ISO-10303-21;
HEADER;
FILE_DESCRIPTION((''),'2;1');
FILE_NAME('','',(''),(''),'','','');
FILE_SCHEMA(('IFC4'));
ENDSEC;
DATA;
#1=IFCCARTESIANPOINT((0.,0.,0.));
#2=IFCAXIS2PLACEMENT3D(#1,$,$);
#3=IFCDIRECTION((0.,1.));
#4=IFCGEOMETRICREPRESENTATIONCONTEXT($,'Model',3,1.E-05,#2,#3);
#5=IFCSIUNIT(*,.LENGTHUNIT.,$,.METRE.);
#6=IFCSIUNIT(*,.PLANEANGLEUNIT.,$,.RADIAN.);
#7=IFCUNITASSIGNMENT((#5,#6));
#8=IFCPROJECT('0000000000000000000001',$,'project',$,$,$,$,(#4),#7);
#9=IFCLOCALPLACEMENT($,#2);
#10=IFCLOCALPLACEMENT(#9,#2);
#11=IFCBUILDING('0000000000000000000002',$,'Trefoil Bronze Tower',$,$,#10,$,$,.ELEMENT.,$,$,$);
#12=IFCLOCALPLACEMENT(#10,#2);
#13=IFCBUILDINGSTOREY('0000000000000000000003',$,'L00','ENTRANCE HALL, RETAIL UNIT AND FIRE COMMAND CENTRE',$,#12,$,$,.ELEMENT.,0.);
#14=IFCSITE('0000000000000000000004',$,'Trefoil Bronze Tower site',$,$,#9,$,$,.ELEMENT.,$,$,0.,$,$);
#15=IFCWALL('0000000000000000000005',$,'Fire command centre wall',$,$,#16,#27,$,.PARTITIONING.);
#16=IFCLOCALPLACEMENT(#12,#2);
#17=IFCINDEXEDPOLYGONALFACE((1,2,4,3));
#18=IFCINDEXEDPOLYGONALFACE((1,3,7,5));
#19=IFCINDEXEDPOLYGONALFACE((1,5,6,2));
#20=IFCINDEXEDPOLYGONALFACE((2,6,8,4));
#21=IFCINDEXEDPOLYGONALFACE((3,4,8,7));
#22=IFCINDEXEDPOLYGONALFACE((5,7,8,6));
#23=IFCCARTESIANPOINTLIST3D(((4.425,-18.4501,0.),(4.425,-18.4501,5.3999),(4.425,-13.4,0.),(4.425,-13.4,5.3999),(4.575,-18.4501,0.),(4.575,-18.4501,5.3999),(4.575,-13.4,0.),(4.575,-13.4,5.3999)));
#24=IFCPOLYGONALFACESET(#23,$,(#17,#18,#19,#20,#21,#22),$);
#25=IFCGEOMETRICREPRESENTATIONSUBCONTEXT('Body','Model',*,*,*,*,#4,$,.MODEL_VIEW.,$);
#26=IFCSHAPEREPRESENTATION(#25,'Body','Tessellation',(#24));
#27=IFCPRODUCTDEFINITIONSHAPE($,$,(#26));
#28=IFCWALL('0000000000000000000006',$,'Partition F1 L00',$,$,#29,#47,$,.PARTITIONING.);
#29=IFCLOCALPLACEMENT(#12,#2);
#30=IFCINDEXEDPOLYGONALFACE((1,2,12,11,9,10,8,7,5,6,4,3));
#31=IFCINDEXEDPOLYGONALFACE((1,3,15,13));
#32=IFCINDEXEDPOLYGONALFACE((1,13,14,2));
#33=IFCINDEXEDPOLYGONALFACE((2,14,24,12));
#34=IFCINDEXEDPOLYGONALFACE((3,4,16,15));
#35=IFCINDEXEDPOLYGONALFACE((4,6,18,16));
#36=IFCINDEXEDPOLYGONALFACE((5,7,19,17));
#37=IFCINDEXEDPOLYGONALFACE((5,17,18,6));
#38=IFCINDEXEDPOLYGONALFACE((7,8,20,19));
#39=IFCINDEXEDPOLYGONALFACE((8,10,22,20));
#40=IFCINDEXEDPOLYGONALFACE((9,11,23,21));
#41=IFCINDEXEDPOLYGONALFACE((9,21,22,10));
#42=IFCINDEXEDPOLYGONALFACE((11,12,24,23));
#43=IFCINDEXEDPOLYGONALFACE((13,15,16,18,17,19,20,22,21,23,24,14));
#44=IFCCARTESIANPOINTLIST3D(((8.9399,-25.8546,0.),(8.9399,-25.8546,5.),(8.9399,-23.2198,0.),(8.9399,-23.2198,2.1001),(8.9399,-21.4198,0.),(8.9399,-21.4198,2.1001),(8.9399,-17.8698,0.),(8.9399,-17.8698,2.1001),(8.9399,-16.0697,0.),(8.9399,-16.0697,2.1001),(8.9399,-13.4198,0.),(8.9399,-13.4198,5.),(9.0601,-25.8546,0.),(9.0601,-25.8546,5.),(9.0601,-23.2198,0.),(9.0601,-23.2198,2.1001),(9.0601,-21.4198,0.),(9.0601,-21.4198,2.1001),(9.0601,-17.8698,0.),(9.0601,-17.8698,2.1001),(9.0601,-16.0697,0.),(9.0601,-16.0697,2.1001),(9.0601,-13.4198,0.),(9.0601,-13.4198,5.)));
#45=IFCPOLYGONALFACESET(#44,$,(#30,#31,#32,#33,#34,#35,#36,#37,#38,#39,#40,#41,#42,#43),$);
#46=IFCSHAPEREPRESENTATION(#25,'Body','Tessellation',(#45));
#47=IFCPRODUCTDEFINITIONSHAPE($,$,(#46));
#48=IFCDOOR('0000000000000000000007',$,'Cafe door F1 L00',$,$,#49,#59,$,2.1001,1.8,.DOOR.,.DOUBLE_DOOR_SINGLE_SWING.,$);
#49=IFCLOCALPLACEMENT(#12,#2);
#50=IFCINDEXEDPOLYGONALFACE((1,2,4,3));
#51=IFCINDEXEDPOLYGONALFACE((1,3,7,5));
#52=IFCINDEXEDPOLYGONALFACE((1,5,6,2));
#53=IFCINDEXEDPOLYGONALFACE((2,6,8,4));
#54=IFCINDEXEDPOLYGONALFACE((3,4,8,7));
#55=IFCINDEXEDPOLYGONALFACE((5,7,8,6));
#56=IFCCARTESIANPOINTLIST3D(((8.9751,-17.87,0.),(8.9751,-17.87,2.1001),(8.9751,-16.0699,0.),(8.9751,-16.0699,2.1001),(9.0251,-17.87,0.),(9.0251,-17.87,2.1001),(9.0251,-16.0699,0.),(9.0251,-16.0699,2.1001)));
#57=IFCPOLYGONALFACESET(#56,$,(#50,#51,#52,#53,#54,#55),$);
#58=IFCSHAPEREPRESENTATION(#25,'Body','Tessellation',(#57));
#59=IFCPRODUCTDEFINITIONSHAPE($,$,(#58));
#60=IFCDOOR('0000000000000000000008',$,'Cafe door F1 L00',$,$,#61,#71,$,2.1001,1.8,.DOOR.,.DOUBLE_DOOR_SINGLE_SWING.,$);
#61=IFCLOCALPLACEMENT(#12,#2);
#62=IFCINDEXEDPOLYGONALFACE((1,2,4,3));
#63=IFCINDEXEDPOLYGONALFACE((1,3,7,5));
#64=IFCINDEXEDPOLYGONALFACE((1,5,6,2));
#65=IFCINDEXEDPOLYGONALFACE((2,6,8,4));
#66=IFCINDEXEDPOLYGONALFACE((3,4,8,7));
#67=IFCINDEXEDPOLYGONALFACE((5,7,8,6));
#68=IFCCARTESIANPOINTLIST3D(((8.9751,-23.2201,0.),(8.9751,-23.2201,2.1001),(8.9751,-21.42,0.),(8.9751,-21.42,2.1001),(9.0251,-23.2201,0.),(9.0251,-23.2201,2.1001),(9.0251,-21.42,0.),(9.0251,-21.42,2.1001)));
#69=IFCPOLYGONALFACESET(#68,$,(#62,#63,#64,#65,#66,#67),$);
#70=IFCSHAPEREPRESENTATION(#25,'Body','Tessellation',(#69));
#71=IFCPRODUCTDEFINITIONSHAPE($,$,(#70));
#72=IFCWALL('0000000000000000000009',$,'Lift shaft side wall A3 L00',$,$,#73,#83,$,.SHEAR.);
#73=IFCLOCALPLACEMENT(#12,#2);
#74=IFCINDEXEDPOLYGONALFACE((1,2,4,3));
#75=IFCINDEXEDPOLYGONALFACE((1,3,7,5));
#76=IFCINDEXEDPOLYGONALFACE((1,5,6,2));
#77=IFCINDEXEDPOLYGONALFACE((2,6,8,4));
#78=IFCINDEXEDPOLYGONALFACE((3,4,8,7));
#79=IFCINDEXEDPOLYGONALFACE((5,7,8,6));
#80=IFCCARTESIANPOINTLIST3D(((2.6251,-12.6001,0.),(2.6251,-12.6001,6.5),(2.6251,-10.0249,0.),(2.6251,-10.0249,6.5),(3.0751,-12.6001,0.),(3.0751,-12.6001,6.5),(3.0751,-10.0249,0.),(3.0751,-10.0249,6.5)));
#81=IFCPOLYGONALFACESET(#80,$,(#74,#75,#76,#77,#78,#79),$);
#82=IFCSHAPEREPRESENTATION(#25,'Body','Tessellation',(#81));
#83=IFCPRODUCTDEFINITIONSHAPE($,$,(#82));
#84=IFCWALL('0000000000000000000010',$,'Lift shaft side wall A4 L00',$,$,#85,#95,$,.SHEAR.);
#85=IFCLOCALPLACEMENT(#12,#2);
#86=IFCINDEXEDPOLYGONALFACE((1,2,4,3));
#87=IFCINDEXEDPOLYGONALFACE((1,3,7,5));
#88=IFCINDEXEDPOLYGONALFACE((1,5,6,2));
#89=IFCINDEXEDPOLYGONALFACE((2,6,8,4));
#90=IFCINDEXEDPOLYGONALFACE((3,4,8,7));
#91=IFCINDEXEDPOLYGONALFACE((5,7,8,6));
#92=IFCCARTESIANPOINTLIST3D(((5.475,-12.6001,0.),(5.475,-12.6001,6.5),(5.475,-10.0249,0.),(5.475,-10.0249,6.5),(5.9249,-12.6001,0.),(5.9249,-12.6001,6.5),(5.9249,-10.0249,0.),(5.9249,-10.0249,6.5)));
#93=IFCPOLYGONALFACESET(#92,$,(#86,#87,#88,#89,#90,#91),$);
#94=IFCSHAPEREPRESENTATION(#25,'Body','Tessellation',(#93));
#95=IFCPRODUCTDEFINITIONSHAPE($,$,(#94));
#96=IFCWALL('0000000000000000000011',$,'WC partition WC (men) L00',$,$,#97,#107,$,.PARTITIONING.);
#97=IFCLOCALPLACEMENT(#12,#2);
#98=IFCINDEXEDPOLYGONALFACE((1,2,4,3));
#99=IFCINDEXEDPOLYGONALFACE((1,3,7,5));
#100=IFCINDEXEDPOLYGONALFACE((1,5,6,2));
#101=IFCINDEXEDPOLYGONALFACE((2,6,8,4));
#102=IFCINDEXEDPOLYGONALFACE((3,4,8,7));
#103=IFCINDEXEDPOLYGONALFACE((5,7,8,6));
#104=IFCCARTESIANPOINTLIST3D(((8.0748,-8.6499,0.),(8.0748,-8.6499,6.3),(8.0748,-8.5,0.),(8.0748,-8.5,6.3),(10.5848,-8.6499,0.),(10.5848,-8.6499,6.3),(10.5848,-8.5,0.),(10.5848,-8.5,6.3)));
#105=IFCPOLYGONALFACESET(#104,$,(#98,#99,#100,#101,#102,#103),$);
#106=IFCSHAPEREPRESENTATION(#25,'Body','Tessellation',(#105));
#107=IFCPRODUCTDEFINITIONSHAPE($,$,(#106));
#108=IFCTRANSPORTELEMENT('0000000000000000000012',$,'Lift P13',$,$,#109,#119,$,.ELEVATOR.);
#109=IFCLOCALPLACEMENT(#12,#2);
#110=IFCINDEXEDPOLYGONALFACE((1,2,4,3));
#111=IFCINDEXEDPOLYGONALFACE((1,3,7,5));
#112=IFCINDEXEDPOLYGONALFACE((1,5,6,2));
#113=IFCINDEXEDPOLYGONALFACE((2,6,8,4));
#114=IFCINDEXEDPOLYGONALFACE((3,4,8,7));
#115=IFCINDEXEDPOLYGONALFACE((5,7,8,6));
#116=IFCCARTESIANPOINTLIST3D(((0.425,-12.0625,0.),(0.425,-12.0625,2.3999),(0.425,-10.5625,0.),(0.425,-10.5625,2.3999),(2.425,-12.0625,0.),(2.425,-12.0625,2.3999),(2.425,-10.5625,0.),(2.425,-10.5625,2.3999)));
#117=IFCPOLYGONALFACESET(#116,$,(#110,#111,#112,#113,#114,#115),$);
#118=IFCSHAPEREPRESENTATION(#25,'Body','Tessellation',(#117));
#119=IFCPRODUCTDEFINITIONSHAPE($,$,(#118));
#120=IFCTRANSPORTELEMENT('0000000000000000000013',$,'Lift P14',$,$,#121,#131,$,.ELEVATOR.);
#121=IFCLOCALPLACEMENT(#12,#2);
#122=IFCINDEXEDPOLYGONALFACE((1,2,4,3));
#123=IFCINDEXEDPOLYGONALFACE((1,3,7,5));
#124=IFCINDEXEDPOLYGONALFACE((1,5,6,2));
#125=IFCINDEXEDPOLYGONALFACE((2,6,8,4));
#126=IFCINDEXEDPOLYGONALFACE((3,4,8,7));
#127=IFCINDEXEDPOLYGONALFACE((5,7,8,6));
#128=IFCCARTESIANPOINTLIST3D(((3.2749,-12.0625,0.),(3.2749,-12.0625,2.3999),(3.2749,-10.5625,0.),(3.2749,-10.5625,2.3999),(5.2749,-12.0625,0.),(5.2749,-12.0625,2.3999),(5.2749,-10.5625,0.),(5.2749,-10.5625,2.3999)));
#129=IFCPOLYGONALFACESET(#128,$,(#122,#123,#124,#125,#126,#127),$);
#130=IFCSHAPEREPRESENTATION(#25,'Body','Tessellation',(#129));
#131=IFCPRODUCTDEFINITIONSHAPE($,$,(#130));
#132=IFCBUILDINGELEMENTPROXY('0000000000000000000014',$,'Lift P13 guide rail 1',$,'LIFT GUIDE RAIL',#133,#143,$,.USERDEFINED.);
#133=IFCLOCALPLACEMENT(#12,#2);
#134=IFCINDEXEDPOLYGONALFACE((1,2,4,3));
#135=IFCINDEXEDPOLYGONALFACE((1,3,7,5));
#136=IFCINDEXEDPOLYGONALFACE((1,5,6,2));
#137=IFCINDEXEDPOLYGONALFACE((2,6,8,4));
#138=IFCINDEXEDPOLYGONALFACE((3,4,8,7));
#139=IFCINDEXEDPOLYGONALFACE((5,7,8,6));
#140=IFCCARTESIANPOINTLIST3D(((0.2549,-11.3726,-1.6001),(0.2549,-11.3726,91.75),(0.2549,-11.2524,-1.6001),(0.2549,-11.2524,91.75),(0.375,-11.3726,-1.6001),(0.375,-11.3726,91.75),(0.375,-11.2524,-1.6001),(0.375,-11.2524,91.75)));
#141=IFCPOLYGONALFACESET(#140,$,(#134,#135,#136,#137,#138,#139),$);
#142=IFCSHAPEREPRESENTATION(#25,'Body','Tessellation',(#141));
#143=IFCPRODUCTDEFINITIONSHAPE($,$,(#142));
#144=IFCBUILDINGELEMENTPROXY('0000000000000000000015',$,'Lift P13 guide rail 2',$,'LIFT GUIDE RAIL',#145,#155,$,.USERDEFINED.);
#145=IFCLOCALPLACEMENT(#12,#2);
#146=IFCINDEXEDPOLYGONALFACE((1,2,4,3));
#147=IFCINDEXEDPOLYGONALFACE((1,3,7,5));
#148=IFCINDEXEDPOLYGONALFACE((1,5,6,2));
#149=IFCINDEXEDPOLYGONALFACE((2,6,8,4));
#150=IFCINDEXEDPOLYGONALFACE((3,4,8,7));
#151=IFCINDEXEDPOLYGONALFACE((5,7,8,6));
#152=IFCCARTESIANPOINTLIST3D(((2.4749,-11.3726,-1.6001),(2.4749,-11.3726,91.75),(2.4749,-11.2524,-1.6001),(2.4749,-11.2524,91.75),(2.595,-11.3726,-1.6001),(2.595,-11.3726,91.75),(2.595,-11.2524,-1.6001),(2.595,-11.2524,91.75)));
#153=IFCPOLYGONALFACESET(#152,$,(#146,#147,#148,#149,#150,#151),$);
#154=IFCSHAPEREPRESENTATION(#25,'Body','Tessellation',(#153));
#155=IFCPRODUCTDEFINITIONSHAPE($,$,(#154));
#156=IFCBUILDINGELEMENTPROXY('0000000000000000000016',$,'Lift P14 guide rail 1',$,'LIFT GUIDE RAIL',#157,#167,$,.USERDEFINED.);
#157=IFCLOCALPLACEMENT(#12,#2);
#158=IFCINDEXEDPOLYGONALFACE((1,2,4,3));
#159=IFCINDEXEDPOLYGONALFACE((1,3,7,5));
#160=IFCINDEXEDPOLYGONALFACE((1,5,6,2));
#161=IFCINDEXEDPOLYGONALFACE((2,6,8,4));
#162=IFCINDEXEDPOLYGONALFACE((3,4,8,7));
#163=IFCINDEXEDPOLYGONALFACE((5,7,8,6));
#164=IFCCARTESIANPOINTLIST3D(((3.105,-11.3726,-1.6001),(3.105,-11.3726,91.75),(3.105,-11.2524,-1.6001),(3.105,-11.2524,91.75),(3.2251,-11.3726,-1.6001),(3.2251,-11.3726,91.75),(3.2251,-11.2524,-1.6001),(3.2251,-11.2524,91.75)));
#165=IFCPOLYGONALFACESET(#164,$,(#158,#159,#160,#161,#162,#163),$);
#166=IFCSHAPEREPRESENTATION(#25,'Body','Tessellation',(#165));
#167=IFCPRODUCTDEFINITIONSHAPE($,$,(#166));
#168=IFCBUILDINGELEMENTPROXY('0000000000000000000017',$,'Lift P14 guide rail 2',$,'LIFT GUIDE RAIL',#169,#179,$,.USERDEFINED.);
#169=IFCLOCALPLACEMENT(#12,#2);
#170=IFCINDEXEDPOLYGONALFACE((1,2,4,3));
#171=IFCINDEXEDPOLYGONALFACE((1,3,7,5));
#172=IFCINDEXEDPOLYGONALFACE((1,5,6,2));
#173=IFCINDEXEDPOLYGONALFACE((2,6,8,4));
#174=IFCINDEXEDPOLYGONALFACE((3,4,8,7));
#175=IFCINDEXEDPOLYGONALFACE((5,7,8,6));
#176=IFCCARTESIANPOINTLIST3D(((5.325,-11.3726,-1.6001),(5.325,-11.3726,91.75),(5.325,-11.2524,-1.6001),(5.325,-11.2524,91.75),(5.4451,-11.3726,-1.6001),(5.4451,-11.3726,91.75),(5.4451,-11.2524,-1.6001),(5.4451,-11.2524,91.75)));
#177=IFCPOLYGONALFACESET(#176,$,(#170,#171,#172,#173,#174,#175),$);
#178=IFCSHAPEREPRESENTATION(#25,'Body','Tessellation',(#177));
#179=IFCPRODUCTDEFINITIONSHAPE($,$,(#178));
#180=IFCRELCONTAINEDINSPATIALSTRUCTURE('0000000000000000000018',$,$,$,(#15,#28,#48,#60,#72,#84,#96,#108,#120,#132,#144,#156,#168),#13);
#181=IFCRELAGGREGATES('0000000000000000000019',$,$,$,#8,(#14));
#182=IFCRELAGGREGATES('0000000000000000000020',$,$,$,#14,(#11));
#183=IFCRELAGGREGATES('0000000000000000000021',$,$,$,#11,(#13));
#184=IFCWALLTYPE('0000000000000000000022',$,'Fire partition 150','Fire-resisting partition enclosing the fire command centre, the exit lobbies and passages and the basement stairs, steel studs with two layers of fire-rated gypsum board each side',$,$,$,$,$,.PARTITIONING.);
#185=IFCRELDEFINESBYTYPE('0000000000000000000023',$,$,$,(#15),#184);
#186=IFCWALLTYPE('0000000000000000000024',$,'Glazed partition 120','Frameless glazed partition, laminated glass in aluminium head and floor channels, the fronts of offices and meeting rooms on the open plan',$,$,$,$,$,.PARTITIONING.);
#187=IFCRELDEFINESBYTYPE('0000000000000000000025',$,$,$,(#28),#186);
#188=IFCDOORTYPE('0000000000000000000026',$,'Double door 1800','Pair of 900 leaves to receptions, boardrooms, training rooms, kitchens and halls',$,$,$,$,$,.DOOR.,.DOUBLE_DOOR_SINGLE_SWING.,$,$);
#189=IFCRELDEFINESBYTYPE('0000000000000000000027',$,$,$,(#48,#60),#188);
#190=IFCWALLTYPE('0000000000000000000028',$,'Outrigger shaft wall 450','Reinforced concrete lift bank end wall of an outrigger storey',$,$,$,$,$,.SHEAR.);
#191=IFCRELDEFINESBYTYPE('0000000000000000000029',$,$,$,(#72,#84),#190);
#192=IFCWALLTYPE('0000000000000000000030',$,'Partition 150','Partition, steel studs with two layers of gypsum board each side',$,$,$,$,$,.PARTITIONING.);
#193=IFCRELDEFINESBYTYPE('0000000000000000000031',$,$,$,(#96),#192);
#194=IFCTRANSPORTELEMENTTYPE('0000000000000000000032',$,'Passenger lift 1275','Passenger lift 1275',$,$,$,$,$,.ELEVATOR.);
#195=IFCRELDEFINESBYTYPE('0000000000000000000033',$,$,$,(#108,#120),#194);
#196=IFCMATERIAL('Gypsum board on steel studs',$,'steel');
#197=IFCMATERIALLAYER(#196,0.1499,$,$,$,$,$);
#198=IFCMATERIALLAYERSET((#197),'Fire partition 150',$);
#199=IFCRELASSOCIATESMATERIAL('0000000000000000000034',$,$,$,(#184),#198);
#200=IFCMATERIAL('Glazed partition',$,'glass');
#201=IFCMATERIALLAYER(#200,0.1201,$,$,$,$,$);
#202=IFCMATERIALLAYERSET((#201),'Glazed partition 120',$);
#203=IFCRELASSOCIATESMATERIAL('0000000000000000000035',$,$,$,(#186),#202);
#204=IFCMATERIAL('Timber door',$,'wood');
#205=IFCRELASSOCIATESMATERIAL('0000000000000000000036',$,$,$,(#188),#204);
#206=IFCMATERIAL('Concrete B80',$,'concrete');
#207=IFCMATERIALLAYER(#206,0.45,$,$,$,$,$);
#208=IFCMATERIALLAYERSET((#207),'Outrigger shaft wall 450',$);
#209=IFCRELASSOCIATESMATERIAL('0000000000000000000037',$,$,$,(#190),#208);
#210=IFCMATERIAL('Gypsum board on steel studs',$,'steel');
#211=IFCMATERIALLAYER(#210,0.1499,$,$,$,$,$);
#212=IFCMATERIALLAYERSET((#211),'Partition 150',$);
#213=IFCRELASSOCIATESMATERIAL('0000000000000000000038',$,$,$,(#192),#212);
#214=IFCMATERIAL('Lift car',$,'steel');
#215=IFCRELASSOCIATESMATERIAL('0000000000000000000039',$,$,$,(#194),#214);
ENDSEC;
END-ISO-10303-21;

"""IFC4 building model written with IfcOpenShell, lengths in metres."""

from ifc_helpers import new_model, si_unit, direction, frame, frame_2d, origin, origin_2d, place, context, subcontext, project, spatial, rectangle, extrude, material, layer, layer_set, type_object, element, fill, save


model = new_model("IFC4")

# Units and contexts
model_context = context("Model", 3, precision=1e-05, world=origin(), true_north=direction((0.0, 1.0)))
body_context = subcontext(model_context, "Body", "Model", "MODEL_VIEW")
ifc_project = project(units=[si_unit("LENGTHUNIT", "METRE"), si_unit("PLANEANGLEUNIT", "RADIAN")], contexts=[model_context])

# Site, building, storey
site_placement = place(None, origin())
site = spatial("IfcSite", under=ifc_project, at=site_placement, Name="Trefoil Bronze Tower site", CompositionType="ELEMENT", RefElevation=0.0)
building_placement = place(site_placement, origin())
building = spatial("IfcBuilding", under=site, at=building_placement, Name="Trefoil Bronze Tower", CompositionType="ELEMENT")
storey_placement = place(building_placement, origin())
storey = spatial("IfcBuildingStorey", under=building, at=storey_placement, Name="L00", Description="ENTRANCE HALL, RETAIL UNIT AND FIRE COMMAND CENTRE", CompositionType="ELEMENT", Elevation=0.0)

# Wall
ifc_material_1 = material(Name="Gypsum board on steel studs", Category="steel")
ifc_layer_1 = layer(ifc_material_1, 0.1499)
ifc_layer_set_1 = layer_set([ifc_layer_1], Name="Fire partition 150")
wall_type_1 = type_object("IfcWallType", Name="Fire partition 150", Description="Fire-resisting partition enclosing the fire command centre, the exit lobbies and passages and the basement stairs, steel studs with two layers of fire-rated gypsum board each side", PredefinedType="PARTITIONING", material=ifc_layer_set_1)
wall_1_placement = place(storey_placement, frame((4.5, -18.45, 0.0), z_axis=(0.0, 0.0, 1.0), x_axis=(0.0, 1.0, 0.0)))
element("IfcWall", 1, at=wall_1_placement, inside=storey, type_object=wall_type_1, Name="Fire command centre wall", PredefinedType="PARTITIONING", context=body_context, shape_type="SweptSolid", body=[
    extrude(rectangle(XDim=5.05, YDim=0.1499, at=frame_2d((2.5249, 0.0))), origin(), (0.0, 0.0, 1.0), 5.3999),
])

# Wall, openings, doors
ifc_material_2 = material(Name="Glazed partition", Category="glass")
ifc_layer_2 = layer(ifc_material_2, 0.1201)
ifc_layer_set_2 = layer_set([ifc_layer_2], Name="Glazed partition 120")
wall_type_2 = type_object("IfcWallType", Name="Glazed partition 120", Description="Frameless glazed partition, laminated glass in aluminium head and floor channels, the fronts of offices and meeting rooms on the open plan", PredefinedType="PARTITIONING", material=ifc_layer_set_2)
wall_2_placement = place(storey_placement, frame((9.0, -13.4199, 0.0), z_axis=(0.0, 0.0, 1.0), x_axis=(0.0, -1.0, 0.0)))
wall_2 = element("IfcWall", 2, at=wall_2_placement, inside=storey, type_object=wall_type_2, Name="Partition F1 L00", PredefinedType="PARTITIONING", context=body_context, shape_type="SweptSolid", body=[
    extrude(rectangle(XDim=12.4348, YDim=0.1201, at=frame_2d((6.2173, 0.0))), origin(), (0.0, 0.0, 1.0), 5.0),
])
opening_1_placement = place(wall_2_placement, frame((2.6499, 0.0, 0.0)))
opening_1 = element("IfcOpeningElement", 3, at=opening_1_placement, cuts=wall_2, PredefinedType="OPENING", context=body_context, shape_type="SweptSolid", body=[
    extrude(rectangle(XDim=1.8, YDim=2.1001, at=frame_2d((0.8999, 1.05))), frame((0.0, 0.0701, 0.0), z_axis=(0.0, -1.0, 0.0), x_axis=(1.0, 0.0, 0.0)), (0.0, 0.0, 1.0), 0.1401),
])
opening_2_placement = place(wall_2_placement, frame((8.0, 0.0, 0.0)))
opening_2 = element("IfcOpeningElement", 4, at=opening_2_placement, cuts=wall_2, PredefinedType="OPENING", context=body_context, shape_type="SweptSolid", body=[
    extrude(rectangle(XDim=1.8, YDim=2.1001, at=frame_2d((0.8999, 1.05))), frame((0.0, 0.0701, 0.0), z_axis=(0.0, -1.0, 0.0), x_axis=(1.0, 0.0, 0.0)), (0.0, 0.0, 1.0), 0.1401),
])
ifc_material_3 = material(Name="Timber door", Category="wood")
door_type = type_object("IfcDoorType", Name="Double door 1800", Description="Pair of 900 leaves to receptions, boardrooms, training rooms, kitchens and halls", OperationType="DOUBLE_DOOR_SINGLE_SWING", PredefinedType="DOOR", material=ifc_material_3)
door_1_placement = place(opening_1_placement, frame((1.8, 0.0, 0.0), z_axis=(0.0, 0.0, 1.0), x_axis=(-1.0, 0.0, 0.0)))
door_1 = element("IfcDoor", 5, at=door_1_placement, inside=storey, type_object=door_type, Name="Cafe door F1 L00", OperationType="DOUBLE_DOOR_SINGLE_SWING", OverallHeight=2.1001, OverallWidth=1.8, PredefinedType="DOOR", context=body_context, shape_type="SweptSolid", body=[
    extrude(rectangle(XDim=1.8, YDim=2.1001, at=frame_2d((0.8999, 1.05))), frame((0.0, 0.0249, 0.0), z_axis=(0.0, -1.0, 0.0), x_axis=(1.0, 0.0, 0.0)), (0.0, 0.0, 1.0), 0.05),
])
fill(opening_1, door_1)
door_2_placement = place(opening_2_placement, frame((1.8, 0.0, 0.0), z_axis=(0.0, 0.0, 1.0), x_axis=(-1.0, 0.0, 0.0)))
door_2 = element("IfcDoor", 6, at=door_2_placement, inside=storey, type_object=door_type, Name="Cafe door F1 L00", OperationType="DOUBLE_DOOR_SINGLE_SWING", OverallHeight=2.1001, OverallWidth=1.8, PredefinedType="DOOR", context=body_context, shape_type="SweptSolid", body=[
    extrude(rectangle(XDim=1.8, YDim=2.1001, at=frame_2d((0.8999, 1.05))), frame((0.0, 0.0249, 0.0), z_axis=(0.0, -1.0, 0.0), x_axis=(1.0, 0.0, 0.0)), (0.0, 0.0, 1.0), 0.05),
])
fill(opening_2, door_2)

# Walls
ifc_material_4 = material(Name="Concrete B80", Category="concrete")
ifc_layer_3 = layer(ifc_material_4, 0.45)
ifc_layer_set_3 = layer_set([ifc_layer_3], Name="Outrigger shaft wall 450")
wall_type_3 = type_object("IfcWallType", Name="Outrigger shaft wall 450", Description="Reinforced concrete lift bank end wall of an outrigger storey", PredefinedType="SHEAR", material=ifc_layer_set_3)
for number, where, z_axis, x_axis, name in (
    (7, (2.8501, -10.0249, 0.0), (0.0, 0.0, 1.0), (0.0, -1.0, 0.0), "Lift shaft side wall A3 L00"),
    (8, (5.7, -10.0249, 0.0), (0.0, 0.0, 1.0), (0.0, -1.0, 0.0), "Lift shaft side wall A4 L00"),
):
    element("IfcWall", number, at=place(storey_placement, frame(where, z_axis=z_axis, x_axis=x_axis)), inside=storey, type_object=wall_type_3, Name=name, PredefinedType="SHEAR", context=body_context, shape_type="SweptSolid", body=[
        extrude(rectangle(XDim=2.5752, YDim=0.45, at=frame_2d((1.2876, 0.0))), origin(), (0.0, 0.0, 1.0), 6.5),
    ])
ifc_material_5 = material(Name="Gypsum board on steel studs", Category="steel")
ifc_layer_4 = layer(ifc_material_5, 0.1499)
ifc_layer_set_4 = layer_set([ifc_layer_4], Name="Partition 150")
wall_type_4 = type_object("IfcWallType", Name="Partition 150", Description="Partition, steel studs with two layers of gypsum board each side", PredefinedType="PARTITIONING", material=ifc_layer_set_4)
wall_3_placement = place(storey_placement, frame((8.075, -8.575, 0.0), z_axis=(0.0, 0.0, 1.0), x_axis=(1.0, 0.0, 0.0)))
element("IfcWall", 9, at=wall_3_placement, inside=storey, type_object=wall_type_4, Name="WC partition WC (men) L00", PredefinedType="PARTITIONING", context=body_context, shape_type="SweptSolid", body=[
    extrude(rectangle(XDim=2.51, YDim=0.1499, at=frame_2d((1.2549, 0.0))), origin(), (0.0, 0.0, 1.0), 6.3),
])

# Transport elements
ifc_material_6 = material(Name="Lift car", Category="steel")
transport_element_type = type_object("IfcTransportElementType", Name="Passenger lift 1275", Description="Passenger lift 1275", PredefinedType="ELEVATOR", material=ifc_material_6)
for number, where, z_axis, x_axis, name in (
    (10, (1.425, -11.3125, 0.0), (0.0, 0.0, 1.0), (1.0, 0.0, 0.0), "Lift P13"),
    (11, (4.2749, -11.3125, 0.0), (0.0, 0.0, 1.0), (1.0, 0.0, 0.0), "Lift P14"),
):
    element("IfcTransportElement", number, at=place(storey_placement, frame(where, z_axis=z_axis, x_axis=x_axis)), inside=storey, type_object=transport_element_type, Name=name, PredefinedType="ELEVATOR", context=body_context, shape_type="SweptSolid", body=[
        extrude(rectangle(XDim=2.0, YDim=1.5, at=origin_2d()), origin(), (0.0, 0.0, 1.0), 2.3999),
    ])

# Building element proxies
for number, where, z_axis, x_axis, name in (
    (12, (0.3149, -11.3125, -1.6001), (0.0, 0.0, 1.0), (1.0, 0.0, 0.0), "Lift P13 guide rail 1"),
    (13, (2.5349, -11.3125, -1.6001), (0.0, 0.0, 1.0), (1.0, 0.0, 0.0), "Lift P13 guide rail 2"),
    (14, (3.165, -11.3125, -1.6001), (0.0, 0.0, 1.0), (1.0, 0.0, 0.0), "Lift P14 guide rail 1"),
    (15, (5.385, -11.3125, -1.6001), (0.0, 0.0, 1.0), (1.0, 0.0, 0.0), "Lift P14 guide rail 2"),
):
    element("IfcBuildingElementProxy", number, at=place(storey_placement, frame(where, z_axis=z_axis, x_axis=x_axis)), inside=storey, Name=name, ObjectType="LIFT GUIDE RAIL", PredefinedType="USERDEFINED", context=body_context, shape_type="SweptSolid", body=[
        extrude(rectangle(XDim=0.1201, YDim=0.1201, at=origin_2d()), origin(), (0.0, 0.0, 1.0), 93.3501),
    ])

save(model, "model.ifc")
